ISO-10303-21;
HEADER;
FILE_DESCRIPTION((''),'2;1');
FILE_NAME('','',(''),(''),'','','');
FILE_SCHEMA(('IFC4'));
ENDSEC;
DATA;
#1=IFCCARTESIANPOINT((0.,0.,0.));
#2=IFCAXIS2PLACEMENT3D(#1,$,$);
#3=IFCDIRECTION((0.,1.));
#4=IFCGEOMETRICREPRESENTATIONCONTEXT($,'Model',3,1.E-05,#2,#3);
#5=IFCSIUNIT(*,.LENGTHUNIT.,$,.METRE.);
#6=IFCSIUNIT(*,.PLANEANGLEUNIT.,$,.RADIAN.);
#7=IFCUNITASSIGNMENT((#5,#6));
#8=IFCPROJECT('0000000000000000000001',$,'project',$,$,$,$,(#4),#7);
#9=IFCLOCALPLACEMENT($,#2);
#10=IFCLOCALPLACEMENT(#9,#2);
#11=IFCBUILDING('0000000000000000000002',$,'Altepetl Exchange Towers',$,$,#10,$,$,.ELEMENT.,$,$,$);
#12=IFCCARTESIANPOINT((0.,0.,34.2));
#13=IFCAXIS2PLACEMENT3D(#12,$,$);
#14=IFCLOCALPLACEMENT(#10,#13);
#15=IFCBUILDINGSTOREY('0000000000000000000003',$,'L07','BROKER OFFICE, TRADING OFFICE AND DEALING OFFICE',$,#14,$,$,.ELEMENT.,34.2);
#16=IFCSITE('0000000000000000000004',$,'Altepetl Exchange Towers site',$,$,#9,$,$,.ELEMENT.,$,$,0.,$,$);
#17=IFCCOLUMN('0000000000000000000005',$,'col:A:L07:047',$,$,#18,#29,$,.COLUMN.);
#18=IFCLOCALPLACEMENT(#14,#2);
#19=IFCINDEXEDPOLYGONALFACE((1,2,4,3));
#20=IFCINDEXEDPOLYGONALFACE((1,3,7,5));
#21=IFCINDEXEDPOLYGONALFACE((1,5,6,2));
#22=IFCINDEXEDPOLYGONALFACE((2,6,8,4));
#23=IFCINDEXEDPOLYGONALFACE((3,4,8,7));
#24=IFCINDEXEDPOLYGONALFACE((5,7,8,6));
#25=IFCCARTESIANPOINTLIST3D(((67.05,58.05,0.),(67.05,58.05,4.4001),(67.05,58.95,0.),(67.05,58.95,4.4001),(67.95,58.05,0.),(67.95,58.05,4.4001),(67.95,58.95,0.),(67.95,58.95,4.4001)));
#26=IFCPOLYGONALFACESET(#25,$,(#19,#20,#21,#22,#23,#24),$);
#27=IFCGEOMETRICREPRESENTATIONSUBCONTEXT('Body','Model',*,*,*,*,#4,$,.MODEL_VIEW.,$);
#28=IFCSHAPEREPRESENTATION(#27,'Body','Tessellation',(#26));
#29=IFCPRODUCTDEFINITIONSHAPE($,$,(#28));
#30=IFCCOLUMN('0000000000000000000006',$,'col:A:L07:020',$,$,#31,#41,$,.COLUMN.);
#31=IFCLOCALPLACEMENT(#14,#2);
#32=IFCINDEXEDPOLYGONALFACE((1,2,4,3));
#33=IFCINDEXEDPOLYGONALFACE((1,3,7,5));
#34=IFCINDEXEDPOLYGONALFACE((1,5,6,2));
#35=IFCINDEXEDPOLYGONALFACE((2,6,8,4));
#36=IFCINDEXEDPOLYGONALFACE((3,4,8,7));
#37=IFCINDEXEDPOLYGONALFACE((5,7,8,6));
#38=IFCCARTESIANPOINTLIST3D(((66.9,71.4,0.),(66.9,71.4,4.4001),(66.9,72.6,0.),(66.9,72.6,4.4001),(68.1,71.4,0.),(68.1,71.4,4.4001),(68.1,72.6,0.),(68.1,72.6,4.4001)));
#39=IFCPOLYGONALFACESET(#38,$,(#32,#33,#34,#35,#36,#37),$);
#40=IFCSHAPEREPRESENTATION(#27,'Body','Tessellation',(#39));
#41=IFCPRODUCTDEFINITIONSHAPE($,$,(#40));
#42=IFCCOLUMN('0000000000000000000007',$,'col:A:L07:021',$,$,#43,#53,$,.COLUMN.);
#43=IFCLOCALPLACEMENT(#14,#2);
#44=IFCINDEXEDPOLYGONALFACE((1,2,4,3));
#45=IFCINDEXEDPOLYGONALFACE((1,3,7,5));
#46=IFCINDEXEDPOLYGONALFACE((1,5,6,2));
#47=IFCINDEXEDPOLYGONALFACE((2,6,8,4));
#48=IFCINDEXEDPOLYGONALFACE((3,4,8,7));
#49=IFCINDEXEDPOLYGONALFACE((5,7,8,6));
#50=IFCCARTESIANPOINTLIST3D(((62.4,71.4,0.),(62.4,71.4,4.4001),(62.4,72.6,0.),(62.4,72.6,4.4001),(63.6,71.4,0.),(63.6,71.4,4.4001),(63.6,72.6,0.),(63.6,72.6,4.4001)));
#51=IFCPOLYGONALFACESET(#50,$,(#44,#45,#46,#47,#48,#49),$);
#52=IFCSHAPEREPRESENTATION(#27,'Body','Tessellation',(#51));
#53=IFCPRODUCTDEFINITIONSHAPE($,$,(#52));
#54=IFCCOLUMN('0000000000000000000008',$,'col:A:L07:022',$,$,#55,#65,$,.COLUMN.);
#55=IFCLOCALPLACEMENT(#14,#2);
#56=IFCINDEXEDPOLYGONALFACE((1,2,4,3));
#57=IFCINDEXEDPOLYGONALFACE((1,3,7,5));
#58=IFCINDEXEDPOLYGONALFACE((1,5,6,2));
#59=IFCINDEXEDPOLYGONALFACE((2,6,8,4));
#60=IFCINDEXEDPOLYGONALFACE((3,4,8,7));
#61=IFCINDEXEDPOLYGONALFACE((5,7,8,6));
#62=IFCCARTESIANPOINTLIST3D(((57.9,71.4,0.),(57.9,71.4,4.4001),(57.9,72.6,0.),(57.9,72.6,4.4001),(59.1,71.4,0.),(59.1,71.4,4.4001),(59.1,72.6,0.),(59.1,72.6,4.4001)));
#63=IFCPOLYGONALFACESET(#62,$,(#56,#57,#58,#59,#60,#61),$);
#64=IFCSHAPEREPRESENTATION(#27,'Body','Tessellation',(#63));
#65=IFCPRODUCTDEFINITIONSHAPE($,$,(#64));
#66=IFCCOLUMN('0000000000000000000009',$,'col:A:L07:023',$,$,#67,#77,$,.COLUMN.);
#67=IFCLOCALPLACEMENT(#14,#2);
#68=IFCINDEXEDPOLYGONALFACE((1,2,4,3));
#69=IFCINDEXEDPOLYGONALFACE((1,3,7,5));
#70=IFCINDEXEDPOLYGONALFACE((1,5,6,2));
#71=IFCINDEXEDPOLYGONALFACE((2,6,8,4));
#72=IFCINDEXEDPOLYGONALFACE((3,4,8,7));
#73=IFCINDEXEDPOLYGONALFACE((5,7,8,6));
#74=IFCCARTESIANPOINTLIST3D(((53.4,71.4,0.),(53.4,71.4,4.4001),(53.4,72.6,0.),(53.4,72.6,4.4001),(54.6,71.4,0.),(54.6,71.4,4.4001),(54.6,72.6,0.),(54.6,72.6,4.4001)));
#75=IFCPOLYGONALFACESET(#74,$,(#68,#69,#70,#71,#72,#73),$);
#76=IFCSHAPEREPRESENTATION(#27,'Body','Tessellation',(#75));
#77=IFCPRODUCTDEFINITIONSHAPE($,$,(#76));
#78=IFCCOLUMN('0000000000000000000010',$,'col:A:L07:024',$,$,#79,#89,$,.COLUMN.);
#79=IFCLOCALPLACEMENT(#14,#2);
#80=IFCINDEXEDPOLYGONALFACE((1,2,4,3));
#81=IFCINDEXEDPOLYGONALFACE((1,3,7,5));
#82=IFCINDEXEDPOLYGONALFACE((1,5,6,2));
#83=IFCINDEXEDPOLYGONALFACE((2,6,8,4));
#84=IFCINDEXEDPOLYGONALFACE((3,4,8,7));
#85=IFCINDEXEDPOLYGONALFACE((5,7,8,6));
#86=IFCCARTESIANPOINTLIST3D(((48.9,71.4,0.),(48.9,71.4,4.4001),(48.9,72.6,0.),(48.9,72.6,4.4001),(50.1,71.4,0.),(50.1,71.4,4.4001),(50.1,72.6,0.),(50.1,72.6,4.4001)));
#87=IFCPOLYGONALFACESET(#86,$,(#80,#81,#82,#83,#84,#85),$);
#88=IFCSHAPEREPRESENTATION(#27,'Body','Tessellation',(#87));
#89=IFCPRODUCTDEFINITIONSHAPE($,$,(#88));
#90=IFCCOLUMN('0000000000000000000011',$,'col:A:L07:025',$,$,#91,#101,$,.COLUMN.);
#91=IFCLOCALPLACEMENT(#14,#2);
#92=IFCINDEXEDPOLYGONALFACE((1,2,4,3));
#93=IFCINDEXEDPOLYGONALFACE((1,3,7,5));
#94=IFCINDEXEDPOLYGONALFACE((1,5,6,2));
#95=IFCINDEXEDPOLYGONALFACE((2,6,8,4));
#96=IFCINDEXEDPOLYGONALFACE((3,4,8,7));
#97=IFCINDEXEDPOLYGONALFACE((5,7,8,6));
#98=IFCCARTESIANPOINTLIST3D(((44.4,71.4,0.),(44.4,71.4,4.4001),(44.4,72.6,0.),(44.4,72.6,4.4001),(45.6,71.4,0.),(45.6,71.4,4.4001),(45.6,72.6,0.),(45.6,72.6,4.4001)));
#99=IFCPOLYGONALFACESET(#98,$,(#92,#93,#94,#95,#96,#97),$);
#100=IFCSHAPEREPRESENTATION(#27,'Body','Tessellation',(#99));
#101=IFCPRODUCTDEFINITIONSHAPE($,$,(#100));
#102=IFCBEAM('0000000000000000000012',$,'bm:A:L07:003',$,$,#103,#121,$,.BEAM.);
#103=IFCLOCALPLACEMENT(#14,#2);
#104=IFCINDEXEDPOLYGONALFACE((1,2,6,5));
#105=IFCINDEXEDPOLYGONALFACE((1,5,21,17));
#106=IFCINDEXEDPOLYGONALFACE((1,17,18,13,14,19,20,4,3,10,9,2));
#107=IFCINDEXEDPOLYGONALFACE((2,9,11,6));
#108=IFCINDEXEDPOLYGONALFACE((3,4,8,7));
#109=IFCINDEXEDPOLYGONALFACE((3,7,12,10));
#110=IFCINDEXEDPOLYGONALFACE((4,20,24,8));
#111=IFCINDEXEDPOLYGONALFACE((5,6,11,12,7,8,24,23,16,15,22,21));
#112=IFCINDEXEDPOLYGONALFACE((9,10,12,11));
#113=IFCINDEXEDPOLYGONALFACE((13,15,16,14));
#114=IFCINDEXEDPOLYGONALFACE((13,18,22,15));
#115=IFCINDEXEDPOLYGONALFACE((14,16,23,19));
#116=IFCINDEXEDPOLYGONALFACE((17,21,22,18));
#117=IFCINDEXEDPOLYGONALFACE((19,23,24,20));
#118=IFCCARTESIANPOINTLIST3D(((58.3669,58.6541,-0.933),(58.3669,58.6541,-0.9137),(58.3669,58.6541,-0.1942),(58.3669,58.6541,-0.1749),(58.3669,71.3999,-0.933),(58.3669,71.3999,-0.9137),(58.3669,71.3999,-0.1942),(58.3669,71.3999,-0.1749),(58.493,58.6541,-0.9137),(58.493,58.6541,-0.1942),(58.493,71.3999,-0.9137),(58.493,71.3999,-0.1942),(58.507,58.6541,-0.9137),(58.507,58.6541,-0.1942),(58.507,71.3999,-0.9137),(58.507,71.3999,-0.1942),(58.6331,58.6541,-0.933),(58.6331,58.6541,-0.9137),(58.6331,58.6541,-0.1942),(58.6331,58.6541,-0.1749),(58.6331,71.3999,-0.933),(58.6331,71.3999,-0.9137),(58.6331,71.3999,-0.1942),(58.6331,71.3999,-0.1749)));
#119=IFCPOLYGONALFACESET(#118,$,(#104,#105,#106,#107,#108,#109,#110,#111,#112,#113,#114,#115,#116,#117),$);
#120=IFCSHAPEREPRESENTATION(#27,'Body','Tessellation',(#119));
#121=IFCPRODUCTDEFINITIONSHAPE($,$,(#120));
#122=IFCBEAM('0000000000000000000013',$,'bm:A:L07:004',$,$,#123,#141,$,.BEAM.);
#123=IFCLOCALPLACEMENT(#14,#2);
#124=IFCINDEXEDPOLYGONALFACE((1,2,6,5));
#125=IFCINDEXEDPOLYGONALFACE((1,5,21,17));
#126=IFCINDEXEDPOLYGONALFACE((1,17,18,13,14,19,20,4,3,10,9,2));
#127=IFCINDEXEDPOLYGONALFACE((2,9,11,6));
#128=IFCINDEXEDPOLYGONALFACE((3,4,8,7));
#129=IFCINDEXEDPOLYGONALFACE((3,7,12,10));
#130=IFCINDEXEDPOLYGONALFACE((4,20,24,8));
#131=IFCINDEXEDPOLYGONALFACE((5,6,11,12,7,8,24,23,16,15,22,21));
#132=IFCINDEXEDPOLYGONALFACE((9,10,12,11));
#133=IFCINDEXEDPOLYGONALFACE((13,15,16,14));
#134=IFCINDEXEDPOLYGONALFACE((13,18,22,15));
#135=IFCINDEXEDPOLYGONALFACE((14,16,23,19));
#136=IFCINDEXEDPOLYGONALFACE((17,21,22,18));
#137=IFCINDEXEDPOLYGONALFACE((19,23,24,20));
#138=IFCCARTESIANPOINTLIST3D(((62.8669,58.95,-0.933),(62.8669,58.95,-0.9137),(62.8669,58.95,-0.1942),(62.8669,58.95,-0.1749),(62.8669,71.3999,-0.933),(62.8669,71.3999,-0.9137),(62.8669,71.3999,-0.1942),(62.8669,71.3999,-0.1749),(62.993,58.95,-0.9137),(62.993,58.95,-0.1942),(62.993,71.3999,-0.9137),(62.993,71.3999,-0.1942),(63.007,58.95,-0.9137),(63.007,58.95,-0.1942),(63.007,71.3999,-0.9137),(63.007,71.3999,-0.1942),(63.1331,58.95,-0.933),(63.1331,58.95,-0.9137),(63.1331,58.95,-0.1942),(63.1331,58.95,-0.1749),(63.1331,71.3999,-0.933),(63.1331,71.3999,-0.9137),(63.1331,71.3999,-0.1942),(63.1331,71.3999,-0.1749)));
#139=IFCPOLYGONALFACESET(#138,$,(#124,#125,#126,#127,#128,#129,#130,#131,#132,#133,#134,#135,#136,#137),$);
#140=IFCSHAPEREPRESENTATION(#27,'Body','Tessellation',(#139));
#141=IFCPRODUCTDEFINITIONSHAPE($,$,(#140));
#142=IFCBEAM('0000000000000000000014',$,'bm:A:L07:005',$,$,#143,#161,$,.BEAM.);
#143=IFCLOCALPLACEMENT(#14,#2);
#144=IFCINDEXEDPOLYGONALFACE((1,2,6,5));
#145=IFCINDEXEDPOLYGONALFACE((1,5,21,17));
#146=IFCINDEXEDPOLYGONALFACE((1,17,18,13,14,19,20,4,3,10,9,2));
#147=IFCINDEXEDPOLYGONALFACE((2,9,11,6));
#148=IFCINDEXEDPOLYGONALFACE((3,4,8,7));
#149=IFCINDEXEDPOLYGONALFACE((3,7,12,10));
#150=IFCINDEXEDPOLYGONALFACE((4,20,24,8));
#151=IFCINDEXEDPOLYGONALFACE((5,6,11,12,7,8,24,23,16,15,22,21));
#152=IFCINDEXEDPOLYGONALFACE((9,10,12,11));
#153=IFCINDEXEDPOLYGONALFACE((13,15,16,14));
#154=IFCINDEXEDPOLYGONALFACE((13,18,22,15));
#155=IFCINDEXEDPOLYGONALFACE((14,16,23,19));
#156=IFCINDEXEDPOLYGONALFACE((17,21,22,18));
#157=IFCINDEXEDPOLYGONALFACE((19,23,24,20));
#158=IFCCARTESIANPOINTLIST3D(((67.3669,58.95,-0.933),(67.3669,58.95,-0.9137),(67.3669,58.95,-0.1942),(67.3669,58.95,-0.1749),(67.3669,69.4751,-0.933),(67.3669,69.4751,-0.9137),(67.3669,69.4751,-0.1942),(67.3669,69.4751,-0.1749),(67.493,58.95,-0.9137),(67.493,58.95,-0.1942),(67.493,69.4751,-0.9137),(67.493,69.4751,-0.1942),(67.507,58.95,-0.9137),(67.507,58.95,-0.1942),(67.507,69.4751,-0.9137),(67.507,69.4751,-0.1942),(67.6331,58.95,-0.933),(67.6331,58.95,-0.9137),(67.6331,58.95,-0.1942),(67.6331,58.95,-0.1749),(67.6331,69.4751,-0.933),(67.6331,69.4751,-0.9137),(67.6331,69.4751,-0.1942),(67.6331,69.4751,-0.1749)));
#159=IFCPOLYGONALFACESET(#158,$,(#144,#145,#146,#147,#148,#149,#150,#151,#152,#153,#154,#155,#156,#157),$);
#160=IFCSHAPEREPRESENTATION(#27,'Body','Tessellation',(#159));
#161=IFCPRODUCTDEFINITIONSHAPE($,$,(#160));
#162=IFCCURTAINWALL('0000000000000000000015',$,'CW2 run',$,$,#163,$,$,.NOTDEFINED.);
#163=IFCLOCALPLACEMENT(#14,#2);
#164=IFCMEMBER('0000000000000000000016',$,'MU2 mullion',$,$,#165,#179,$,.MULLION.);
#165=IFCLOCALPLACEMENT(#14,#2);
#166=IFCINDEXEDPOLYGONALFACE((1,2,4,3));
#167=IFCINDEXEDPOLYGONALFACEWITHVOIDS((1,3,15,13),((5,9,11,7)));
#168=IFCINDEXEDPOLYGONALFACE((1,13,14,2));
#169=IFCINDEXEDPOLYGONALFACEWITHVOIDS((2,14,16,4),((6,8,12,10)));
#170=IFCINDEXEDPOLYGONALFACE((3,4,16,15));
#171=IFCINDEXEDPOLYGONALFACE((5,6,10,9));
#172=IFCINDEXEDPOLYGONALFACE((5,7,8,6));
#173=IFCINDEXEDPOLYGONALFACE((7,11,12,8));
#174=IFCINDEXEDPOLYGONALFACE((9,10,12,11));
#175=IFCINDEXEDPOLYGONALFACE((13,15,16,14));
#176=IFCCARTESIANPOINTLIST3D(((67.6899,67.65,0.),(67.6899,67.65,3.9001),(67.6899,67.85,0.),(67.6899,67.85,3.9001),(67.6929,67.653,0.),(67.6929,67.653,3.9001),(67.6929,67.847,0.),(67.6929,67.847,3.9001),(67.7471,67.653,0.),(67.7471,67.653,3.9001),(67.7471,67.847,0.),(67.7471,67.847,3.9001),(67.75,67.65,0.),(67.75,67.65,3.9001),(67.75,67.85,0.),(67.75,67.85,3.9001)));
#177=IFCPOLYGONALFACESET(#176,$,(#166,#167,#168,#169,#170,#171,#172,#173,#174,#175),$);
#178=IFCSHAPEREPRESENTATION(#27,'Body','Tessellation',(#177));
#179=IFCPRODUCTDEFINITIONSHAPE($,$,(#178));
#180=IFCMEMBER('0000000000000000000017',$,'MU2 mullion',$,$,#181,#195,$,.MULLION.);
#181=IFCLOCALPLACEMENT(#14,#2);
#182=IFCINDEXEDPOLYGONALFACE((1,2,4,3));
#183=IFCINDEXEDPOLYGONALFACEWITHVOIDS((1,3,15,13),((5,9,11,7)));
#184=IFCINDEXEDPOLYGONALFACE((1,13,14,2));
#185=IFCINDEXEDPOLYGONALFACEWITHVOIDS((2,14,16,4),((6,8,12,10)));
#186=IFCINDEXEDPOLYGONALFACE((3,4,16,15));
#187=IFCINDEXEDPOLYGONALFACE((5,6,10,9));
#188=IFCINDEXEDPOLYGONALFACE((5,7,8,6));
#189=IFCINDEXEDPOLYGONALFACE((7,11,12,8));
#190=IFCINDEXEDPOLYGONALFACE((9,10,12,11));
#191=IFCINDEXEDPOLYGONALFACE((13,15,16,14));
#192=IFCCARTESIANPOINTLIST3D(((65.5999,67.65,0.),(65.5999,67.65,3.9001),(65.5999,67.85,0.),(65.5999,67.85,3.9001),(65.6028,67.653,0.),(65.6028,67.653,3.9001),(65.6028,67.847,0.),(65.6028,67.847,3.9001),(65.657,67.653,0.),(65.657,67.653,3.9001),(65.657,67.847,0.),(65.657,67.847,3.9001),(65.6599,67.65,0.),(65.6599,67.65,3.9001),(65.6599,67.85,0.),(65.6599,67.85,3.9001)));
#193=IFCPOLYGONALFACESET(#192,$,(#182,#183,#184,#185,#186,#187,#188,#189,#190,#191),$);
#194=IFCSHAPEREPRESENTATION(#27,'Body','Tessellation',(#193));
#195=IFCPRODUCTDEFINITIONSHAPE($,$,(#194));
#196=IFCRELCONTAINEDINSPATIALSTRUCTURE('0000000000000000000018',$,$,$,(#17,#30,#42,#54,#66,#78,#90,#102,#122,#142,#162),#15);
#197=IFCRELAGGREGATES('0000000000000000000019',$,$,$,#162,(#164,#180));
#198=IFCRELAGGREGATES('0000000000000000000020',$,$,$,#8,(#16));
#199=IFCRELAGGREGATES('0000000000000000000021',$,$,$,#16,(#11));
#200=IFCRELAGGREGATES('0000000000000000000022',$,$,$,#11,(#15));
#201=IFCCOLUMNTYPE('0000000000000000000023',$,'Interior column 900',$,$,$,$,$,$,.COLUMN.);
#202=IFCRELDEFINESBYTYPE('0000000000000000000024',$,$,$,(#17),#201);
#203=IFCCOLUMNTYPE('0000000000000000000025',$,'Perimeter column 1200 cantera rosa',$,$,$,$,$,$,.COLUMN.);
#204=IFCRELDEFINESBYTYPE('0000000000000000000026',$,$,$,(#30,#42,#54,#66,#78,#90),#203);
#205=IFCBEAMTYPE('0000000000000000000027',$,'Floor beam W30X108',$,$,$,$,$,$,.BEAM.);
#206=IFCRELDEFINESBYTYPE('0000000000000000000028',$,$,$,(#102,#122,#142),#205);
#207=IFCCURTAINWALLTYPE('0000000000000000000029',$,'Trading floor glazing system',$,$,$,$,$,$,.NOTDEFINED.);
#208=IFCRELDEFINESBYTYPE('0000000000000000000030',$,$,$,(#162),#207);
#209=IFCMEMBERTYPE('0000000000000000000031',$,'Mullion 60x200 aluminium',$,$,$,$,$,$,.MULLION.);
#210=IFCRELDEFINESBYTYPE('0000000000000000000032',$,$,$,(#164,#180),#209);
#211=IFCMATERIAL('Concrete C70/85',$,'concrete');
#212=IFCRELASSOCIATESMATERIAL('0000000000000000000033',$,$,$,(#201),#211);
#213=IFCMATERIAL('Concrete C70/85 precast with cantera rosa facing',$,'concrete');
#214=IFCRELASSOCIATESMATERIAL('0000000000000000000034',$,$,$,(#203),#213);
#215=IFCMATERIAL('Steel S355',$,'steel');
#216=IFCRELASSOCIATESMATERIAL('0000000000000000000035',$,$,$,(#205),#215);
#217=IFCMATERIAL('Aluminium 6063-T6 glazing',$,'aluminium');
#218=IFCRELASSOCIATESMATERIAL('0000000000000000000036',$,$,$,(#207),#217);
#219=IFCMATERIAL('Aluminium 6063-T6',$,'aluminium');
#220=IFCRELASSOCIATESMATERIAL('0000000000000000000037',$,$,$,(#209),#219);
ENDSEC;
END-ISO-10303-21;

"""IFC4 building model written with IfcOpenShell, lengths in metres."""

from ifc_helpers import new_model, si_unit, direction, frame, origin, origin_2d, place, context, subcontext, project, spatial, rectangle, hollow_rectangle, i_section, extrude, material, material_profile, profile_set, type_object, element, aggregate, save


model = new_model("IFC4")

# Units and contexts
model_context = context("Model", 3, precision=1e-05, world=origin(), true_north=direction((0.0, 1.0)))
body_context = subcontext(model_context, "Body", "Model", "MODEL_VIEW")
ifc_project = project(units=[si_unit("LENGTHUNIT", "METRE"), si_unit("PLANEANGLEUNIT", "RADIAN")], contexts=[model_context])

# Site, building, storey
site_placement = place(None, origin())
site = spatial("IfcSite", under=ifc_project, at=site_placement, Name="Altepetl Exchange Towers site", CompositionType="ELEMENT", RefElevation=0.0)
building_placement = place(site_placement, origin())
building = spatial("IfcBuilding", under=site, at=building_placement, Name="Altepetl Exchange Towers", CompositionType="ELEMENT")
storey_placement = place(building_placement, frame((0.0, 0.0, 34.2)))
storey = spatial("IfcBuildingStorey", under=building, at=storey_placement, Name="L07", Description="BROKER OFFICE, TRADING OFFICE AND DEALING OFFICE", CompositionType="ELEMENT", Elevation=34.2)

# Columns
ifc_material_1 = material(Name="Concrete C70/85", Category="concrete")
ifc_material_profile_1 = material_profile(ifc_material_1, rectangle(XDim=0.8999, YDim=0.8999, at=origin_2d()), Name="900 x 900")
ifc_profile_set_1 = profile_set([ifc_material_profile_1], Name="Concrete C70/85")
column_type_1 = type_object("IfcColumnType", Name="Interior column 900", PredefinedType="COLUMN", material=ifc_profile_set_1)
column_placement = place(storey_placement, frame((67.5, 58.5, 0.0)))
element("IfcColumn", 1, at=column_placement, inside=storey, type_object=column_type_1, Name="col:A:L07:047", PredefinedType="COLUMN", context=body_context, shape_type="SweptSolid", body=[
    extrude(rectangle(XDim=0.8999, YDim=0.8999, at=origin_2d()), origin(), (0.0, 0.0, 1.0), 4.4001),
])
ifc_material_2 = material(Name="Concrete C70/85 precast with cantera rosa facing", Category="concrete")
ifc_material_profile_2 = material_profile(ifc_material_2, rectangle(XDim=1.2, YDim=1.2, at=origin_2d()), Name="1200 x 1200")
ifc_profile_set_2 = profile_set([ifc_material_profile_2], Name="Concrete C70/85 precast with cantera rosa facing")
column_type_2 = type_object("IfcColumnType", Name="Perimeter column 1200 cantera rosa", PredefinedType="COLUMN", material=ifc_profile_set_2)
for number, where, name in (
    (2, (67.5, 72.0, 0.0), "col:A:L07:020"),
    (3, (63.0, 72.0, 0.0), "col:A:L07:021"),
    (4, (58.5, 72.0, 0.0), "col:A:L07:022"),
    (5, (54.0, 72.0, 0.0), "col:A:L07:023"),
    (6, (49.5, 72.0, 0.0), "col:A:L07:024"),
    (7, (45.0, 72.0, 0.0), "col:A:L07:025"),
):
    element("IfcColumn", number, at=place(storey_placement, frame(where)), inside=storey, type_object=column_type_2, Name=name, PredefinedType="COLUMN", context=body_context, shape_type="SweptSolid", body=[
        extrude(rectangle(XDim=1.2, YDim=1.2, at=origin_2d()), origin(), (0.0, 0.0, 1.0), 4.4001),
    ])

# Beams
ifc_material_3 = material(Name="Steel S355", Category="steel")
ifc_material_profile_3 = material_profile(ifc_material_3, i_section(OverallWidth=0.2661, OverallDepth=0.7581, WebThickness=0.0139, FlangeThickness=0.0193, at=origin_2d()), Name="W30X108")
ifc_profile_set_3 = profile_set([ifc_material_profile_3], Name="Steel S355")
beam_type_1 = type_object("IfcBeamType", Name="Floor beam W30X108", PredefinedType="BEAM", material=ifc_profile_set_3)
beam_1_placement = place(storey_placement, frame((58.5, 58.6541, -0.554), z_axis=(0.0, 1.0, 0.0), x_axis=(-1.0, 0.0, 0.0)))
element("IfcBeam", 8, at=beam_1_placement, inside=storey, type_object=beam_type_1, Name="bm:A:L07:003", PredefinedType="BEAM", context=body_context, shape_type="SweptSolid", body=[
    extrude(i_section(OverallWidth=0.2661, OverallDepth=0.7581, WebThickness=0.0139, FlangeThickness=0.0193, at=origin_2d()), origin(), (0.0, 0.0, 1.0), 12.7458),
])
beam_2_placement = place(storey_placement, frame((63.0, 58.95, -0.554), z_axis=(0.0, 1.0, 0.0), x_axis=(-1.0, 0.0, 0.0)))
element("IfcBeam", 9, at=beam_2_placement, inside=storey, type_object=beam_type_1, Name="bm:A:L07:004", PredefinedType="BEAM", context=body_context, shape_type="SweptSolid", body=[
    extrude(i_section(OverallWidth=0.2661, OverallDepth=0.7581, WebThickness=0.0139, FlangeThickness=0.0193, at=origin_2d()), origin(), (0.0, 0.0, 1.0), 12.45),
])
beam_3_placement = place(storey_placement, frame((67.5, 58.95, -0.554), z_axis=(0.0, 1.0, 0.0), x_axis=(-1.0, 0.0, 0.0)))
element("IfcBeam", 10, at=beam_3_placement, inside=storey, type_object=beam_type_1, Name="bm:A:L07:005", PredefinedType="BEAM", context=body_context, shape_type="SweptSolid", body=[
    extrude(i_section(OverallWidth=0.2661, OverallDepth=0.7581, WebThickness=0.0139, FlangeThickness=0.0193, at=origin_2d()), origin(), (0.0, 0.0, 1.0), 10.5251),
])

# Curtain wall, members
ifc_material_4 = material(Name="Aluminium 6063-T6 glazing", Category="aluminium")
curtain_wall_type = type_object("IfcCurtainWallType", Name="Trading floor glazing system", PredefinedType="NOTDEFINED", material=ifc_material_4)
curtain_wall_1_placement = place(storey_placement, origin())
curtain_wall_1 = element("IfcCurtainWall", 11, at=curtain_wall_1_placement, inside=storey, type_object=curtain_wall_type, Name="CW2 run", PredefinedType="NOTDEFINED")
ifc_material_5 = material(Name="Aluminium 6063-T6", Category="aluminium")
ifc_material_profile_4 = material_profile(ifc_material_5, hollow_rectangle(XDim=0.0601, YDim=0.2, WallThickness=0.0029, at=origin_2d()), Name="Mullion 60x200 aluminium")
ifc_profile_set_4 = profile_set([ifc_material_profile_4], Name="Aluminium 6063-T6")
member_type = type_object("IfcMemberType", Name="Mullion 60x200 aluminium", PredefinedType="MULLION", material=ifc_profile_set_4)
member_1_placement = place(storey_placement, frame((67.72, 67.75, 0.0), z_axis=(0.0, 0.0, 1.0), x_axis=(-1.0, 0.0, 0.0)))
member_1 = element("IfcMember", 12, at=member_1_placement, type_object=member_type, Name="MU2 mullion", PredefinedType="MULLION", context=body_context, shape_type="SweptSolid", body=[
    extrude(hollow_rectangle(XDim=0.0601, YDim=0.2, WallThickness=0.0029, at=origin_2d()), origin(), (0.0, 0.0, 1.0), 3.9001),
])
member_2_placement = place(storey_placement, frame((65.6299, 67.75, 0.0), z_axis=(0.0, 0.0, 1.0), x_axis=(-1.0, 0.0, 0.0)))
member_2 = element("IfcMember", 13, at=member_2_placement, type_object=member_type, Name="MU2 mullion", PredefinedType="MULLION", context=body_context, shape_type="SweptSolid", body=[
    extrude(hollow_rectangle(XDim=0.0601, YDim=0.2, WallThickness=0.0029, at=origin_2d()), origin(), (0.0, 0.0, 1.0), 3.9001),
])

aggregate(curtain_wall_1, [member_1, member_2])

save(model, "model.ifc")
